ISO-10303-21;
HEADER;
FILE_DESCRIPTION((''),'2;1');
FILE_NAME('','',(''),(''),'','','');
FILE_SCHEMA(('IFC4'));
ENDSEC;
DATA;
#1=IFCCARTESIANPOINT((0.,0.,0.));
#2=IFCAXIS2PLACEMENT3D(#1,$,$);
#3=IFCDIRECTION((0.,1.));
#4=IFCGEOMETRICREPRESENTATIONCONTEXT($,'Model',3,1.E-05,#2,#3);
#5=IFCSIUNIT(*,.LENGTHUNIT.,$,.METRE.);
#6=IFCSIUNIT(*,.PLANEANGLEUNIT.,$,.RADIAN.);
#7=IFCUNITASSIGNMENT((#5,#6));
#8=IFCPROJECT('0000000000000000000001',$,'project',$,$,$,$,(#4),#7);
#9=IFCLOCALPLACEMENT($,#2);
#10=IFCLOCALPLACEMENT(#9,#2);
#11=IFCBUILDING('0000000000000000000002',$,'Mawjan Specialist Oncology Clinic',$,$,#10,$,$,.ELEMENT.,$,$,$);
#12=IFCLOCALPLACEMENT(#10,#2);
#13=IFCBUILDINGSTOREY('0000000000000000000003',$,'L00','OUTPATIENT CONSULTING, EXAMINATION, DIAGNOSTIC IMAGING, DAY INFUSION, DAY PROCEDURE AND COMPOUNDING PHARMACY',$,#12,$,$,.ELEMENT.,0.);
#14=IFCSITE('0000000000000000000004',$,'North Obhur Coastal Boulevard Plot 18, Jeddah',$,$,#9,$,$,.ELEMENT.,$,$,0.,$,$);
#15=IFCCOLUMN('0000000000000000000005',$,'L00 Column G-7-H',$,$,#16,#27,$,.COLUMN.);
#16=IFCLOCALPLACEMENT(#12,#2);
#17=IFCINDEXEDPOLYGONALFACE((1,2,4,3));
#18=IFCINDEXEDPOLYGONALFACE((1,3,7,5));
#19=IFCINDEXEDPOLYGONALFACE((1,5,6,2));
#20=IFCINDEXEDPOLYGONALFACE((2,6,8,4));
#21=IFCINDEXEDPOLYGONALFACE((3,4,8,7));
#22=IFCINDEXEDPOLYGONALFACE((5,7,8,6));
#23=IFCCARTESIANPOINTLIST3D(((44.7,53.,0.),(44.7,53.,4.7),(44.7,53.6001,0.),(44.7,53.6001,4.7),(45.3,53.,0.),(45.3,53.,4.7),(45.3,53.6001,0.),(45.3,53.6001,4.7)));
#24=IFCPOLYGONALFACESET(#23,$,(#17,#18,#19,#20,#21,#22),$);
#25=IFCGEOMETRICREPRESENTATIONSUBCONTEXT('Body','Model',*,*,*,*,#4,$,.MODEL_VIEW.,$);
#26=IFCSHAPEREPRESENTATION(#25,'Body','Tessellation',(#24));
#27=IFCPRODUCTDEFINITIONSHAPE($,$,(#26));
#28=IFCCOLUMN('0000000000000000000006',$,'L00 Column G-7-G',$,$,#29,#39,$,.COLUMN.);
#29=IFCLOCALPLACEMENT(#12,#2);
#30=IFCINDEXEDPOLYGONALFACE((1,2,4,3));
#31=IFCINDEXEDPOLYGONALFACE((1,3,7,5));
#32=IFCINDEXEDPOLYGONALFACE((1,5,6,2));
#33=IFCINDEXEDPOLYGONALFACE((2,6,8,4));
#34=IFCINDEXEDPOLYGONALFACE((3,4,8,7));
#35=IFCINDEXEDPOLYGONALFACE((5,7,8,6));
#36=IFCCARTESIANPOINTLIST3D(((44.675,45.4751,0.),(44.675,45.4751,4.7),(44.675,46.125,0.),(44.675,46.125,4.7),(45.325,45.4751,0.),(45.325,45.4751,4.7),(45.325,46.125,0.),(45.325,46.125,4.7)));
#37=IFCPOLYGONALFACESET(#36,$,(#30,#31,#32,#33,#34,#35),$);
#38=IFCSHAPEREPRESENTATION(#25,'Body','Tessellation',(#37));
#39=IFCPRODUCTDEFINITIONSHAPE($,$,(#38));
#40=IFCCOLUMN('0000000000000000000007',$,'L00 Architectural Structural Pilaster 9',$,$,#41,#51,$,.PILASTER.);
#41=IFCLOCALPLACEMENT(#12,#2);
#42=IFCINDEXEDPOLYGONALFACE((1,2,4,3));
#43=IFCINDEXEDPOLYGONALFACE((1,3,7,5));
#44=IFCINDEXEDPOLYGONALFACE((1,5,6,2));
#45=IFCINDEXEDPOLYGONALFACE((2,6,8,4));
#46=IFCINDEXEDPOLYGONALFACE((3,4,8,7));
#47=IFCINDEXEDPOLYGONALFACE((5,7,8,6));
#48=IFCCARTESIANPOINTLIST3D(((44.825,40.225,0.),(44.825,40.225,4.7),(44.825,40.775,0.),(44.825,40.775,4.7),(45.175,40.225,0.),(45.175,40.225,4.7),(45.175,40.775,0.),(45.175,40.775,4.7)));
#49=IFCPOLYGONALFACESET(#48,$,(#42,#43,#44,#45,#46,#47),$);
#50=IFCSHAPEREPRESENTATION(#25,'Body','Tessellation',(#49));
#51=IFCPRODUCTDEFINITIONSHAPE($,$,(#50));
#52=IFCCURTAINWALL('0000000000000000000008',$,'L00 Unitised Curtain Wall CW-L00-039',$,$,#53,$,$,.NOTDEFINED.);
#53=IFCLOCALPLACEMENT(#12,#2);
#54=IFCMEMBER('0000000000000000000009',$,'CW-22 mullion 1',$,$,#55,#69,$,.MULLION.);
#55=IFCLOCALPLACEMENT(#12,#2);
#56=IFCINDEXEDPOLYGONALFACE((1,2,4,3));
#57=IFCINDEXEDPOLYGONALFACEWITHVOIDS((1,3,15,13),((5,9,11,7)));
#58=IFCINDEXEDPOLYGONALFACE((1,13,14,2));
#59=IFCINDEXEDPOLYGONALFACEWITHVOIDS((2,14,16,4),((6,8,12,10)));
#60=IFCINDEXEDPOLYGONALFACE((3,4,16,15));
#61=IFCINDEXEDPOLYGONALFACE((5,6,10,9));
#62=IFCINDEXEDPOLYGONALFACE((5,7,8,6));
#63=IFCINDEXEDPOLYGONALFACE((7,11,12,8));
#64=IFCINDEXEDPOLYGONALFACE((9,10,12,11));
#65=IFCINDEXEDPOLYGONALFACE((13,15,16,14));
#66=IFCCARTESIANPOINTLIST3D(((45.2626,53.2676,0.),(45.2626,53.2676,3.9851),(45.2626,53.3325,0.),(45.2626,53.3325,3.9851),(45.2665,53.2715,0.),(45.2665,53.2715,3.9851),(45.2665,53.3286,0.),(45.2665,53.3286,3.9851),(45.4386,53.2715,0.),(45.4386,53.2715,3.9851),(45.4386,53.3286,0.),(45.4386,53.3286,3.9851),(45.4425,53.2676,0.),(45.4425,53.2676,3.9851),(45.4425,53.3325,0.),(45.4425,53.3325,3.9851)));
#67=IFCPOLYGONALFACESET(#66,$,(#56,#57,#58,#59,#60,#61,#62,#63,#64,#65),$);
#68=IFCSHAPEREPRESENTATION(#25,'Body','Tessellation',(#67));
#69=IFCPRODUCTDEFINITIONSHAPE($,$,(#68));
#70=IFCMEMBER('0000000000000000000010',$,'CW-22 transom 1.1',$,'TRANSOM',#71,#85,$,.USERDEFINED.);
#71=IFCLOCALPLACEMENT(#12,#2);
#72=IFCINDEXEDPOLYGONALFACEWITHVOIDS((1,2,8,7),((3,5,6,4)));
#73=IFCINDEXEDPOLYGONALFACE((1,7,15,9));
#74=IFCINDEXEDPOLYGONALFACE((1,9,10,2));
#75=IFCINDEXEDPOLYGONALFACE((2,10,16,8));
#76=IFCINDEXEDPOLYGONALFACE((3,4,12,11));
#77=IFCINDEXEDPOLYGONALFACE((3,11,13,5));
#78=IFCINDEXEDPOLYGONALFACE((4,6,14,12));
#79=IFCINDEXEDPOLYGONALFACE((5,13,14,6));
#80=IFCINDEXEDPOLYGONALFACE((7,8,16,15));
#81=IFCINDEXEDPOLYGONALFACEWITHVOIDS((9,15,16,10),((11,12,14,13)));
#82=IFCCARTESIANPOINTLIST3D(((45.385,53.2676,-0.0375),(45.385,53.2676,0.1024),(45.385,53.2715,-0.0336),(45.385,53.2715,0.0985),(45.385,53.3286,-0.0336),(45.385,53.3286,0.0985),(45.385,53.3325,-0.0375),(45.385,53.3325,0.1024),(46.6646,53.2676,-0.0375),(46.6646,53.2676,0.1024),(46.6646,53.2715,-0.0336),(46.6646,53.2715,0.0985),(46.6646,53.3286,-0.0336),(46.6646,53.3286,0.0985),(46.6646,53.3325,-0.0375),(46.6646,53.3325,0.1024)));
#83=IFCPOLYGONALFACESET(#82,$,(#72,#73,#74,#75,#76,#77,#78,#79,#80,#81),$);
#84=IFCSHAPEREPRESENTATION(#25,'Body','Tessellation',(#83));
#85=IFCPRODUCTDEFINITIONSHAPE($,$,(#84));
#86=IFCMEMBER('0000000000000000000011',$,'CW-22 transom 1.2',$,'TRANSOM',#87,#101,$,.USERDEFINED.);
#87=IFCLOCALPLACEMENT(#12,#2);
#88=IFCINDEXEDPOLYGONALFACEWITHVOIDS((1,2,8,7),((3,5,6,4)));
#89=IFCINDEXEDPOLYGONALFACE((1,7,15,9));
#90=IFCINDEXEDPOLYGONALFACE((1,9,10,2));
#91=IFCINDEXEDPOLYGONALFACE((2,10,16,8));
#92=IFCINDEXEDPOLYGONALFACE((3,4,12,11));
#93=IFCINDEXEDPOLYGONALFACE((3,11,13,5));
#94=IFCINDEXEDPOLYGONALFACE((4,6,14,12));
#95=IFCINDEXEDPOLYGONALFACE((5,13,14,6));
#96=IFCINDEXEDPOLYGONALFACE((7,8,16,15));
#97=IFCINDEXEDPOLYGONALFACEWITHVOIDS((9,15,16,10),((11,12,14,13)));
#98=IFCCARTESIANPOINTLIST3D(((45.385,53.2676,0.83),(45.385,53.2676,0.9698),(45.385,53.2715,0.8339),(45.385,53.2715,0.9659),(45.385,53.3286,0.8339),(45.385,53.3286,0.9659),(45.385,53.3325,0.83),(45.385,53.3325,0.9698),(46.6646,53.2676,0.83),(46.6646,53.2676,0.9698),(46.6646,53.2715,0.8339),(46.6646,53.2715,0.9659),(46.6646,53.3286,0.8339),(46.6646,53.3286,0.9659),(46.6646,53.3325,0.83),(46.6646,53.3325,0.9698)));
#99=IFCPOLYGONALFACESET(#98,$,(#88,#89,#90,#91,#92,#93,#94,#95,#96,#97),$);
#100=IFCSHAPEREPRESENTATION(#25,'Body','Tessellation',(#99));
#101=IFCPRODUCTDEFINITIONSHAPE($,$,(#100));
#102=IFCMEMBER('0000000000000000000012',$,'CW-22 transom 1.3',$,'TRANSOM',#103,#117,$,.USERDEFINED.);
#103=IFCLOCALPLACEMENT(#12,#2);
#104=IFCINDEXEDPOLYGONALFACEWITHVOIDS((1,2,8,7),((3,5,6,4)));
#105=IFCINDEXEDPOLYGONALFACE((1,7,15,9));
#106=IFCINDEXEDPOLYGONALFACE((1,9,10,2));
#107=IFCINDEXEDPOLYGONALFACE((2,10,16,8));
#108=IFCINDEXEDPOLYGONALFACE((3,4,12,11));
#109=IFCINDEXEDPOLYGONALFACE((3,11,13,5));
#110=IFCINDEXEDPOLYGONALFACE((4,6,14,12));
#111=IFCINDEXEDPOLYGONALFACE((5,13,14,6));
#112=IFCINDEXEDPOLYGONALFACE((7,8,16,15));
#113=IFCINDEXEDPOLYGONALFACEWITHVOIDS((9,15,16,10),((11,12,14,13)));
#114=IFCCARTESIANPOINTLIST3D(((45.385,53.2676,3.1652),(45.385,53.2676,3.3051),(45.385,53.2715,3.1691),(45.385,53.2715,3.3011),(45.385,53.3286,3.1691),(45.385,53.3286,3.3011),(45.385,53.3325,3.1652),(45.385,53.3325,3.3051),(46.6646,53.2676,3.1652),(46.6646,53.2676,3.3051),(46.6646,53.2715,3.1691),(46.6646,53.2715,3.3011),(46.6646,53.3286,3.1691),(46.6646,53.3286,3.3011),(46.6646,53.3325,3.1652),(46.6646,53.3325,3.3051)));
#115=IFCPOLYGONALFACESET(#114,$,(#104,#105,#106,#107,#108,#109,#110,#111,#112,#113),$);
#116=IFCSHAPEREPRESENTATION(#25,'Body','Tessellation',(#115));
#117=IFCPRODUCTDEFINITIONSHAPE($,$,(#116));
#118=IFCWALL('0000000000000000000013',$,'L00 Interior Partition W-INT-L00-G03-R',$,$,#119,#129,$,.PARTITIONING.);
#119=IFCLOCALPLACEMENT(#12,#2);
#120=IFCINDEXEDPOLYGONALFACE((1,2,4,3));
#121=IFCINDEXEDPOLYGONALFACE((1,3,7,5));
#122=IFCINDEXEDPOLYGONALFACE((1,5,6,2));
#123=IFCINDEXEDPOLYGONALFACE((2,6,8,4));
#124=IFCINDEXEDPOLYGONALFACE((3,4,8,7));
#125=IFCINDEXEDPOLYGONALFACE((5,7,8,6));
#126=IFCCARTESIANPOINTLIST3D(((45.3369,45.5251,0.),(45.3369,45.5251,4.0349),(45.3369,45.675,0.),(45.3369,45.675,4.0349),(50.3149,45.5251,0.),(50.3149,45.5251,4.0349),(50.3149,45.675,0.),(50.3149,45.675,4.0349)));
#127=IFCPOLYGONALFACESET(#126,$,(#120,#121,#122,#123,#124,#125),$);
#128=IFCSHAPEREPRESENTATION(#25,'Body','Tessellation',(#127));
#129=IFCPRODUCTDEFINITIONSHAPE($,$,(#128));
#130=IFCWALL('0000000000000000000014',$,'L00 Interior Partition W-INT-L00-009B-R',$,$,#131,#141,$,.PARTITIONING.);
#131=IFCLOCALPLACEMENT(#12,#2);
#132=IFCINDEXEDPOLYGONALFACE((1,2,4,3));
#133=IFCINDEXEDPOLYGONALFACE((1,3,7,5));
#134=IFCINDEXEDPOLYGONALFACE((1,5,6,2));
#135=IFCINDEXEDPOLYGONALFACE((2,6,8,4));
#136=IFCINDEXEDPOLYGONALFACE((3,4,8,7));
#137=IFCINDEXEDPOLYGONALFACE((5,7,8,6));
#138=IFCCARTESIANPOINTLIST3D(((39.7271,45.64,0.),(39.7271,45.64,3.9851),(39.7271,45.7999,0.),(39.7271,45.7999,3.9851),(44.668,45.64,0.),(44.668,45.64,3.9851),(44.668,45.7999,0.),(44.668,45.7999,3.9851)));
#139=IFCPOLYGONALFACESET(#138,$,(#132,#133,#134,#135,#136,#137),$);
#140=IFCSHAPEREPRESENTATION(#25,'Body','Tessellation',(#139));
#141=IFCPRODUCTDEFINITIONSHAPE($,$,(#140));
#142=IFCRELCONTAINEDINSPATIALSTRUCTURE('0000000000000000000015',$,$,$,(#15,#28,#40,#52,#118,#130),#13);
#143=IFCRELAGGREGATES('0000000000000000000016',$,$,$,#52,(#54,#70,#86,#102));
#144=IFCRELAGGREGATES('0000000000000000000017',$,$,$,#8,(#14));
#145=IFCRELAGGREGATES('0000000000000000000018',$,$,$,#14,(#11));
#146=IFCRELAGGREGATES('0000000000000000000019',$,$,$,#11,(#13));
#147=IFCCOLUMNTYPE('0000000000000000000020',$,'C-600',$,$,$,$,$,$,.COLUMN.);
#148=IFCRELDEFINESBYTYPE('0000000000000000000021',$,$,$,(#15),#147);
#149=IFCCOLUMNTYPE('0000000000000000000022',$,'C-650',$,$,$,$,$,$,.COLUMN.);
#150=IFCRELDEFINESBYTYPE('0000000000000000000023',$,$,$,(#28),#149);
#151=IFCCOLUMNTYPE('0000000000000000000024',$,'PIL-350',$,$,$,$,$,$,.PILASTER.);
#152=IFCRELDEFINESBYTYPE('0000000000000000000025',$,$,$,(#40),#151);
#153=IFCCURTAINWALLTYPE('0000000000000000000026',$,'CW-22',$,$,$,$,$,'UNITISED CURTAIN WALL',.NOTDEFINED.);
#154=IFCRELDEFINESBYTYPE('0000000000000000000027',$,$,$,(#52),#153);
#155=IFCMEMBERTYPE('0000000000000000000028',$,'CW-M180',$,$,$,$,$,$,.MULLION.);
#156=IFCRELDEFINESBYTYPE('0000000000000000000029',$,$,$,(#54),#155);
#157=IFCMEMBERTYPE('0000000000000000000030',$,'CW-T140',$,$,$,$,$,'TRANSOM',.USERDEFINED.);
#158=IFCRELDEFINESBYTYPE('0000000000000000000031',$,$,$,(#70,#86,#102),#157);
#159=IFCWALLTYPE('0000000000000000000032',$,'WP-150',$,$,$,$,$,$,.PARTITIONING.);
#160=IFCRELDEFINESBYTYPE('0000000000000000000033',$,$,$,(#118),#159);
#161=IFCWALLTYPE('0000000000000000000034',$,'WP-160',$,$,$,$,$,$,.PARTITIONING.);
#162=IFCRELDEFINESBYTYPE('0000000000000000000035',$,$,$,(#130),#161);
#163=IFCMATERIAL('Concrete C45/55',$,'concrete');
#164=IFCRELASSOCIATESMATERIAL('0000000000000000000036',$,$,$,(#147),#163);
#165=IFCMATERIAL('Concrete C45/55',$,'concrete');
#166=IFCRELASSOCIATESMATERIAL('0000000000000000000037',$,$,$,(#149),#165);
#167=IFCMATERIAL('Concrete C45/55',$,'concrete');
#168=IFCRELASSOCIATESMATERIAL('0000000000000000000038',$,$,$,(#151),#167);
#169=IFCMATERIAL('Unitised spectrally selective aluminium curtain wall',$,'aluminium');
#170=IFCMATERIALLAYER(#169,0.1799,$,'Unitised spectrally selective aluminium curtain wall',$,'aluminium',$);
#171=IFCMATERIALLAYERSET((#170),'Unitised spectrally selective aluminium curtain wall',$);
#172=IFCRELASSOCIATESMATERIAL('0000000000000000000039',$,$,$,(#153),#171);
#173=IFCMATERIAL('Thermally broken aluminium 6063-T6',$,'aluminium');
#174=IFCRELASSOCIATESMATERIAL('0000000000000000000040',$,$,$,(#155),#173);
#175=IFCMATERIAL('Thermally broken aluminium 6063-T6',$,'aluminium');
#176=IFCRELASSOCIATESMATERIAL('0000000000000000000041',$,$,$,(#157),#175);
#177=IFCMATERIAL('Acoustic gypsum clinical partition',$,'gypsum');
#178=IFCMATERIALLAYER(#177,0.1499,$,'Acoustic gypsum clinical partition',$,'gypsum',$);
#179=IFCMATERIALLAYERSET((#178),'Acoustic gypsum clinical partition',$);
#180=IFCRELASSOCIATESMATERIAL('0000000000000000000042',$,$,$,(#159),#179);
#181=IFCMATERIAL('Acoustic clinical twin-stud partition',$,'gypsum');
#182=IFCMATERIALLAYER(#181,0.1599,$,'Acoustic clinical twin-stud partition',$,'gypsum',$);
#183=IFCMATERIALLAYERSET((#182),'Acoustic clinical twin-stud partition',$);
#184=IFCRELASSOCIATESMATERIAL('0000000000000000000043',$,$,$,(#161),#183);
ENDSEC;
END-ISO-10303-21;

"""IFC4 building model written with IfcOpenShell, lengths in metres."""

from ifc_helpers import new_model, si_unit, direction, frame, frame_2d, origin, origin_2d, place, context, subcontext, project, spatial, rectangle, hollow_rectangle, extrude, material, layer, layer_set, material_profile, profile_set, type_object, element, aggregate, save


model = new_model("IFC4")

# Units and contexts
model_context = context("Model", 3, precision=1e-05, world=origin(), true_north=direction((0.0, 1.0)))
body_context = subcontext(model_context, "Body", "Model", "MODEL_VIEW")
ifc_project = project(units=[si_unit("LENGTHUNIT", "METRE"), si_unit("PLANEANGLEUNIT", "RADIAN")], contexts=[model_context])

# Site, building, storey
site_placement = place(None, origin())
site = spatial("IfcSite", under=ifc_project, at=site_placement, Name="North Obhur Coastal Boulevard Plot 18, Jeddah", CompositionType="ELEMENT", RefElevation=0.0)
building_placement = place(site_placement, origin())
building = spatial("IfcBuilding", under=site, at=building_placement, Name="Mawjan Specialist Oncology Clinic", CompositionType="ELEMENT")
storey_placement = place(building_placement, origin())
storey = spatial("IfcBuildingStorey", under=building, at=storey_placement, Name="L00", Description="OUTPATIENT CONSULTING, EXAMINATION, DIAGNOSTIC IMAGING, DAY INFUSION, DAY PROCEDURE AND COMPOUNDING PHARMACY", CompositionType="ELEMENT", Elevation=0.0)

# Columns
ifc_material_1 = material(Name="Concrete C45/55", Category="concrete")
ifc_material_profile_1 = material_profile(ifc_material_1, rectangle(XDim=0.6001, YDim=0.6001, at=origin_2d()), Name="RC COL 600x600", Category="concrete")
ifc_profile_set_1 = profile_set([ifc_material_profile_1], Name="Concrete C45/55")
column_type_1 = type_object("IfcColumnType", Name="C-600", PredefinedType="COLUMN", material=ifc_profile_set_1)
column_1_placement = place(storey_placement, frame((45.0, 53.3, 0.0), z_axis=(0.0, 0.0, 1.0), x_axis=(1.0, 0.0, 0.0)))
element("IfcColumn", 1, at=column_1_placement, inside=storey, type_object=column_type_1, Name="L00 Column G-7-H", PredefinedType="COLUMN", context=body_context, shape_type="SweptSolid", body=[
    extrude(rectangle(XDim=0.6001, YDim=0.6001, at=origin_2d()), origin(), (0.0, 0.0, 1.0), 4.7),
])
ifc_material_2 = material(Name="Concrete C45/55", Category="concrete")
ifc_material_profile_2 = material_profile(ifc_material_2, rectangle(XDim=0.6499, YDim=0.6499, at=origin_2d()), Name="RC COL 650x650", Category="concrete")
ifc_profile_set_2 = profile_set([ifc_material_profile_2], Name="Concrete C45/55")
column_type_2 = type_object("IfcColumnType", Name="C-650", PredefinedType="COLUMN", material=ifc_profile_set_2)
column_2_placement = place(storey_placement, frame((45.0, 45.8, 0.0), z_axis=(0.0, 0.0, 1.0), x_axis=(1.0, 0.0, 0.0)))
element("IfcColumn", 2, at=column_2_placement, inside=storey, type_object=column_type_2, Name="L00 Column G-7-G", PredefinedType="COLUMN", context=body_context, shape_type="SweptSolid", body=[
    extrude(rectangle(XDim=0.6499, YDim=0.6499, at=origin_2d()), origin(), (0.0, 0.0, 1.0), 4.7),
])
ifc_material_3 = material(Name="Concrete C45/55", Category="concrete")
ifc_material_profile_3 = material_profile(ifc_material_3, rectangle(XDim=0.3501, YDim=0.55, at=origin_2d()), Name="RC PIL 350x550", Category="concrete")
ifc_profile_set_3 = profile_set([ifc_material_profile_3], Name="Concrete C45/55")
column_type_3 = type_object("IfcColumnType", Name="PIL-350", PredefinedType="PILASTER", material=ifc_profile_set_3)
column_3_placement = place(storey_placement, frame((45.0, 40.5, 0.0), z_axis=(0.0, 0.0, 1.0), x_axis=(1.0, 0.0, 0.0)))
element("IfcColumn", 3, at=column_3_placement, inside=storey, type_object=column_type_3, Name="L00 Architectural Structural Pilaster 9", PredefinedType="PILASTER", context=body_context, shape_type="SweptSolid", body=[
    extrude(rectangle(XDim=0.3501, YDim=0.55, at=origin_2d()), origin(), (0.0, 0.0, 1.0), 4.7),
])

# Curtain wall, members
ifc_material_4 = material(Name="Unitised spectrally selective aluminium curtain wall", Category="aluminium")
ifc_layer_1 = layer(ifc_material_4, 0.1799, Name="Unitised spectrally selective aluminium curtain wall", Category="aluminium")
ifc_layer_set_1 = layer_set([ifc_layer_1], Name="Unitised spectrally selective aluminium curtain wall")
curtain_wall_type = type_object("IfcCurtainWallType", Name="CW-22", ElementType="UNITISED CURTAIN WALL", PredefinedType="NOTDEFINED", material=ifc_layer_set_1)
curtain_wall_placement = place(storey_placement, origin())
curtain_wall = element("IfcCurtainWall", 4, at=curtain_wall_placement, inside=storey, type_object=curtain_wall_type, Name="L00 Unitised Curtain Wall CW-L00-039", PredefinedType="NOTDEFINED")
ifc_material_5 = material(Name="Thermally broken aluminium 6063-T6", Category="aluminium")
ifc_material_profile_4 = material_profile(ifc_material_5, hollow_rectangle(XDim=0.0649, YDim=0.1799, WallThickness=0.0039, at=origin_2d()), Name="ALU MULLION 180x65x4", Category="aluminium")
ifc_profile_set_4 = profile_set([ifc_material_profile_4], Name="Thermally broken aluminium 6063-T6")
member_type_1 = type_object("IfcMemberType", Name="CW-M180", PredefinedType="MULLION", material=ifc_profile_set_4)
member_1_placement = place(storey_placement, frame((45.3525, 53.3, 0.0), z_axis=(0.0, 0.0, 1.0), x_axis=(0.0, 1.0, 0.0)))
member_1 = element("IfcMember", 5, at=member_1_placement, type_object=member_type_1, Name="CW-22 mullion 1", PredefinedType="MULLION", context=body_context, shape_type="SweptSolid", body=[
    extrude(hollow_rectangle(XDim=0.0649, YDim=0.1799, WallThickness=0.0039, at=origin_2d()), origin(), (0.0, 0.0, 1.0), 3.9851),
])
ifc_material_6 = material(Name="Thermally broken aluminium 6063-T6", Category="aluminium")
ifc_material_profile_5 = material_profile(ifc_material_6, hollow_rectangle(XDim=0.0649, YDim=0.1399, WallThickness=0.0039, at=origin_2d()), Name="ALU TRANSOM 140x65x4", Category="aluminium")
ifc_profile_set_5 = profile_set([ifc_material_profile_5], Name="Thermally broken aluminium 6063-T6")
member_type_2 = type_object("IfcMemberType", Name="CW-T140", ElementType="TRANSOM", PredefinedType="USERDEFINED", material=ifc_profile_set_5)
member_2_placement = place(storey_placement, frame((45.385, 53.3, 0.0325), z_axis=(1.0, 0.0, 0.0), x_axis=(0.0, 1.0, 0.0)))
member_2 = element("IfcMember", 6, at=member_2_placement, type_object=member_type_2, Name="CW-22 transom 1.1", ObjectType="TRANSOM", PredefinedType="USERDEFINED", context=body_context, shape_type="SweptSolid", body=[
    extrude(hollow_rectangle(XDim=0.0649, YDim=0.1399, WallThickness=0.0039, at=origin_2d()), origin(), (0.0, 0.0, 1.0), 1.2795),
])
member_3_placement = place(storey_placement, frame((45.385, 53.3, 0.8999), z_axis=(1.0, 0.0, 0.0), x_axis=(0.0, 1.0, 0.0)))
member_3 = element("IfcMember", 7, at=member_3_placement, type_object=member_type_2, Name="CW-22 transom 1.2", ObjectType="TRANSOM", PredefinedType="USERDEFINED", context=body_context, shape_type="SweptSolid", body=[
    extrude(hollow_rectangle(XDim=0.0649, YDim=0.1399, WallThickness=0.0039, at=origin_2d()), origin(), (0.0, 0.0, 1.0), 1.2795),
])
member_4_placement = place(storey_placement, frame((45.385, 53.3, 3.2351), z_axis=(1.0, 0.0, 0.0), x_axis=(0.0, 1.0, 0.0)))
member_4 = element("IfcMember", 8, at=member_4_placement, type_object=member_type_2, Name="CW-22 transom 1.3", ObjectType="TRANSOM", PredefinedType="USERDEFINED", context=body_context, shape_type="SweptSolid", body=[
    extrude(hollow_rectangle(XDim=0.0649, YDim=0.1399, WallThickness=0.0039, at=origin_2d()), origin(), (0.0, 0.0, 1.0), 1.2795),
])
aggregate(curtain_wall, [member_1, member_2, member_3, member_4])

# Walls
ifc_material_7 = material(Name="Acoustic gypsum clinical partition", Category="gypsum")
ifc_layer_2 = layer(ifc_material_7, 0.1499, Name="Acoustic gypsum clinical partition", Category="gypsum")
ifc_layer_set_2 = layer_set([ifc_layer_2], Name="Acoustic gypsum clinical partition")
wall_type_1 = type_object("IfcWallType", Name="WP-150", PredefinedType="PARTITIONING", material=ifc_layer_set_2)
wall_1_placement = place(storey_placement, frame((45.3369, 45.6001, 0.0), z_axis=(0.0, 0.0, 1.0), x_axis=(1.0, 0.0, 0.0)))
element("IfcWall", 9, at=wall_1_placement, inside=storey, type_object=wall_type_1, Name="L00 Interior Partition W-INT-L00-G03-R", PredefinedType="PARTITIONING", context=body_context, shape_type="SweptSolid", body=[
    extrude(rectangle(XDim=4.978, YDim=0.1499, at=frame_2d((2.489, 0.0))), origin(), (0.0, 0.0, 1.0), 4.0349),
])
ifc_material_8 = material(Name="Acoustic clinical twin-stud partition", Category="gypsum")
ifc_layer_3 = layer(ifc_material_8, 0.1599, Name="Acoustic clinical twin-stud partition", Category="gypsum")
ifc_layer_set_3 = layer_set([ifc_layer_3], Name="Acoustic clinical twin-stud partition")
wall_type_2 = type_object("IfcWallType", Name="WP-160", PredefinedType="PARTITIONING", material=ifc_layer_set_3)
wall_2_placement = place(storey_placement, frame((39.7271, 45.72, 0.0), z_axis=(0.0, 0.0, 1.0), x_axis=(1.0, 0.0, 0.0)))
element("IfcWall", 10, at=wall_2_placement, inside=storey, type_object=wall_type_2, Name="L00 Interior Partition W-INT-L00-009B-R", PredefinedType="PARTITIONING", context=body_context, shape_type="SweptSolid", body=[
    extrude(rectangle(XDim=4.9409, YDim=0.1599, at=frame_2d((2.4705, 0.0))), origin(), (0.0, 0.0, 1.0), 3.9851),
])

save(model, "model.ifc")
